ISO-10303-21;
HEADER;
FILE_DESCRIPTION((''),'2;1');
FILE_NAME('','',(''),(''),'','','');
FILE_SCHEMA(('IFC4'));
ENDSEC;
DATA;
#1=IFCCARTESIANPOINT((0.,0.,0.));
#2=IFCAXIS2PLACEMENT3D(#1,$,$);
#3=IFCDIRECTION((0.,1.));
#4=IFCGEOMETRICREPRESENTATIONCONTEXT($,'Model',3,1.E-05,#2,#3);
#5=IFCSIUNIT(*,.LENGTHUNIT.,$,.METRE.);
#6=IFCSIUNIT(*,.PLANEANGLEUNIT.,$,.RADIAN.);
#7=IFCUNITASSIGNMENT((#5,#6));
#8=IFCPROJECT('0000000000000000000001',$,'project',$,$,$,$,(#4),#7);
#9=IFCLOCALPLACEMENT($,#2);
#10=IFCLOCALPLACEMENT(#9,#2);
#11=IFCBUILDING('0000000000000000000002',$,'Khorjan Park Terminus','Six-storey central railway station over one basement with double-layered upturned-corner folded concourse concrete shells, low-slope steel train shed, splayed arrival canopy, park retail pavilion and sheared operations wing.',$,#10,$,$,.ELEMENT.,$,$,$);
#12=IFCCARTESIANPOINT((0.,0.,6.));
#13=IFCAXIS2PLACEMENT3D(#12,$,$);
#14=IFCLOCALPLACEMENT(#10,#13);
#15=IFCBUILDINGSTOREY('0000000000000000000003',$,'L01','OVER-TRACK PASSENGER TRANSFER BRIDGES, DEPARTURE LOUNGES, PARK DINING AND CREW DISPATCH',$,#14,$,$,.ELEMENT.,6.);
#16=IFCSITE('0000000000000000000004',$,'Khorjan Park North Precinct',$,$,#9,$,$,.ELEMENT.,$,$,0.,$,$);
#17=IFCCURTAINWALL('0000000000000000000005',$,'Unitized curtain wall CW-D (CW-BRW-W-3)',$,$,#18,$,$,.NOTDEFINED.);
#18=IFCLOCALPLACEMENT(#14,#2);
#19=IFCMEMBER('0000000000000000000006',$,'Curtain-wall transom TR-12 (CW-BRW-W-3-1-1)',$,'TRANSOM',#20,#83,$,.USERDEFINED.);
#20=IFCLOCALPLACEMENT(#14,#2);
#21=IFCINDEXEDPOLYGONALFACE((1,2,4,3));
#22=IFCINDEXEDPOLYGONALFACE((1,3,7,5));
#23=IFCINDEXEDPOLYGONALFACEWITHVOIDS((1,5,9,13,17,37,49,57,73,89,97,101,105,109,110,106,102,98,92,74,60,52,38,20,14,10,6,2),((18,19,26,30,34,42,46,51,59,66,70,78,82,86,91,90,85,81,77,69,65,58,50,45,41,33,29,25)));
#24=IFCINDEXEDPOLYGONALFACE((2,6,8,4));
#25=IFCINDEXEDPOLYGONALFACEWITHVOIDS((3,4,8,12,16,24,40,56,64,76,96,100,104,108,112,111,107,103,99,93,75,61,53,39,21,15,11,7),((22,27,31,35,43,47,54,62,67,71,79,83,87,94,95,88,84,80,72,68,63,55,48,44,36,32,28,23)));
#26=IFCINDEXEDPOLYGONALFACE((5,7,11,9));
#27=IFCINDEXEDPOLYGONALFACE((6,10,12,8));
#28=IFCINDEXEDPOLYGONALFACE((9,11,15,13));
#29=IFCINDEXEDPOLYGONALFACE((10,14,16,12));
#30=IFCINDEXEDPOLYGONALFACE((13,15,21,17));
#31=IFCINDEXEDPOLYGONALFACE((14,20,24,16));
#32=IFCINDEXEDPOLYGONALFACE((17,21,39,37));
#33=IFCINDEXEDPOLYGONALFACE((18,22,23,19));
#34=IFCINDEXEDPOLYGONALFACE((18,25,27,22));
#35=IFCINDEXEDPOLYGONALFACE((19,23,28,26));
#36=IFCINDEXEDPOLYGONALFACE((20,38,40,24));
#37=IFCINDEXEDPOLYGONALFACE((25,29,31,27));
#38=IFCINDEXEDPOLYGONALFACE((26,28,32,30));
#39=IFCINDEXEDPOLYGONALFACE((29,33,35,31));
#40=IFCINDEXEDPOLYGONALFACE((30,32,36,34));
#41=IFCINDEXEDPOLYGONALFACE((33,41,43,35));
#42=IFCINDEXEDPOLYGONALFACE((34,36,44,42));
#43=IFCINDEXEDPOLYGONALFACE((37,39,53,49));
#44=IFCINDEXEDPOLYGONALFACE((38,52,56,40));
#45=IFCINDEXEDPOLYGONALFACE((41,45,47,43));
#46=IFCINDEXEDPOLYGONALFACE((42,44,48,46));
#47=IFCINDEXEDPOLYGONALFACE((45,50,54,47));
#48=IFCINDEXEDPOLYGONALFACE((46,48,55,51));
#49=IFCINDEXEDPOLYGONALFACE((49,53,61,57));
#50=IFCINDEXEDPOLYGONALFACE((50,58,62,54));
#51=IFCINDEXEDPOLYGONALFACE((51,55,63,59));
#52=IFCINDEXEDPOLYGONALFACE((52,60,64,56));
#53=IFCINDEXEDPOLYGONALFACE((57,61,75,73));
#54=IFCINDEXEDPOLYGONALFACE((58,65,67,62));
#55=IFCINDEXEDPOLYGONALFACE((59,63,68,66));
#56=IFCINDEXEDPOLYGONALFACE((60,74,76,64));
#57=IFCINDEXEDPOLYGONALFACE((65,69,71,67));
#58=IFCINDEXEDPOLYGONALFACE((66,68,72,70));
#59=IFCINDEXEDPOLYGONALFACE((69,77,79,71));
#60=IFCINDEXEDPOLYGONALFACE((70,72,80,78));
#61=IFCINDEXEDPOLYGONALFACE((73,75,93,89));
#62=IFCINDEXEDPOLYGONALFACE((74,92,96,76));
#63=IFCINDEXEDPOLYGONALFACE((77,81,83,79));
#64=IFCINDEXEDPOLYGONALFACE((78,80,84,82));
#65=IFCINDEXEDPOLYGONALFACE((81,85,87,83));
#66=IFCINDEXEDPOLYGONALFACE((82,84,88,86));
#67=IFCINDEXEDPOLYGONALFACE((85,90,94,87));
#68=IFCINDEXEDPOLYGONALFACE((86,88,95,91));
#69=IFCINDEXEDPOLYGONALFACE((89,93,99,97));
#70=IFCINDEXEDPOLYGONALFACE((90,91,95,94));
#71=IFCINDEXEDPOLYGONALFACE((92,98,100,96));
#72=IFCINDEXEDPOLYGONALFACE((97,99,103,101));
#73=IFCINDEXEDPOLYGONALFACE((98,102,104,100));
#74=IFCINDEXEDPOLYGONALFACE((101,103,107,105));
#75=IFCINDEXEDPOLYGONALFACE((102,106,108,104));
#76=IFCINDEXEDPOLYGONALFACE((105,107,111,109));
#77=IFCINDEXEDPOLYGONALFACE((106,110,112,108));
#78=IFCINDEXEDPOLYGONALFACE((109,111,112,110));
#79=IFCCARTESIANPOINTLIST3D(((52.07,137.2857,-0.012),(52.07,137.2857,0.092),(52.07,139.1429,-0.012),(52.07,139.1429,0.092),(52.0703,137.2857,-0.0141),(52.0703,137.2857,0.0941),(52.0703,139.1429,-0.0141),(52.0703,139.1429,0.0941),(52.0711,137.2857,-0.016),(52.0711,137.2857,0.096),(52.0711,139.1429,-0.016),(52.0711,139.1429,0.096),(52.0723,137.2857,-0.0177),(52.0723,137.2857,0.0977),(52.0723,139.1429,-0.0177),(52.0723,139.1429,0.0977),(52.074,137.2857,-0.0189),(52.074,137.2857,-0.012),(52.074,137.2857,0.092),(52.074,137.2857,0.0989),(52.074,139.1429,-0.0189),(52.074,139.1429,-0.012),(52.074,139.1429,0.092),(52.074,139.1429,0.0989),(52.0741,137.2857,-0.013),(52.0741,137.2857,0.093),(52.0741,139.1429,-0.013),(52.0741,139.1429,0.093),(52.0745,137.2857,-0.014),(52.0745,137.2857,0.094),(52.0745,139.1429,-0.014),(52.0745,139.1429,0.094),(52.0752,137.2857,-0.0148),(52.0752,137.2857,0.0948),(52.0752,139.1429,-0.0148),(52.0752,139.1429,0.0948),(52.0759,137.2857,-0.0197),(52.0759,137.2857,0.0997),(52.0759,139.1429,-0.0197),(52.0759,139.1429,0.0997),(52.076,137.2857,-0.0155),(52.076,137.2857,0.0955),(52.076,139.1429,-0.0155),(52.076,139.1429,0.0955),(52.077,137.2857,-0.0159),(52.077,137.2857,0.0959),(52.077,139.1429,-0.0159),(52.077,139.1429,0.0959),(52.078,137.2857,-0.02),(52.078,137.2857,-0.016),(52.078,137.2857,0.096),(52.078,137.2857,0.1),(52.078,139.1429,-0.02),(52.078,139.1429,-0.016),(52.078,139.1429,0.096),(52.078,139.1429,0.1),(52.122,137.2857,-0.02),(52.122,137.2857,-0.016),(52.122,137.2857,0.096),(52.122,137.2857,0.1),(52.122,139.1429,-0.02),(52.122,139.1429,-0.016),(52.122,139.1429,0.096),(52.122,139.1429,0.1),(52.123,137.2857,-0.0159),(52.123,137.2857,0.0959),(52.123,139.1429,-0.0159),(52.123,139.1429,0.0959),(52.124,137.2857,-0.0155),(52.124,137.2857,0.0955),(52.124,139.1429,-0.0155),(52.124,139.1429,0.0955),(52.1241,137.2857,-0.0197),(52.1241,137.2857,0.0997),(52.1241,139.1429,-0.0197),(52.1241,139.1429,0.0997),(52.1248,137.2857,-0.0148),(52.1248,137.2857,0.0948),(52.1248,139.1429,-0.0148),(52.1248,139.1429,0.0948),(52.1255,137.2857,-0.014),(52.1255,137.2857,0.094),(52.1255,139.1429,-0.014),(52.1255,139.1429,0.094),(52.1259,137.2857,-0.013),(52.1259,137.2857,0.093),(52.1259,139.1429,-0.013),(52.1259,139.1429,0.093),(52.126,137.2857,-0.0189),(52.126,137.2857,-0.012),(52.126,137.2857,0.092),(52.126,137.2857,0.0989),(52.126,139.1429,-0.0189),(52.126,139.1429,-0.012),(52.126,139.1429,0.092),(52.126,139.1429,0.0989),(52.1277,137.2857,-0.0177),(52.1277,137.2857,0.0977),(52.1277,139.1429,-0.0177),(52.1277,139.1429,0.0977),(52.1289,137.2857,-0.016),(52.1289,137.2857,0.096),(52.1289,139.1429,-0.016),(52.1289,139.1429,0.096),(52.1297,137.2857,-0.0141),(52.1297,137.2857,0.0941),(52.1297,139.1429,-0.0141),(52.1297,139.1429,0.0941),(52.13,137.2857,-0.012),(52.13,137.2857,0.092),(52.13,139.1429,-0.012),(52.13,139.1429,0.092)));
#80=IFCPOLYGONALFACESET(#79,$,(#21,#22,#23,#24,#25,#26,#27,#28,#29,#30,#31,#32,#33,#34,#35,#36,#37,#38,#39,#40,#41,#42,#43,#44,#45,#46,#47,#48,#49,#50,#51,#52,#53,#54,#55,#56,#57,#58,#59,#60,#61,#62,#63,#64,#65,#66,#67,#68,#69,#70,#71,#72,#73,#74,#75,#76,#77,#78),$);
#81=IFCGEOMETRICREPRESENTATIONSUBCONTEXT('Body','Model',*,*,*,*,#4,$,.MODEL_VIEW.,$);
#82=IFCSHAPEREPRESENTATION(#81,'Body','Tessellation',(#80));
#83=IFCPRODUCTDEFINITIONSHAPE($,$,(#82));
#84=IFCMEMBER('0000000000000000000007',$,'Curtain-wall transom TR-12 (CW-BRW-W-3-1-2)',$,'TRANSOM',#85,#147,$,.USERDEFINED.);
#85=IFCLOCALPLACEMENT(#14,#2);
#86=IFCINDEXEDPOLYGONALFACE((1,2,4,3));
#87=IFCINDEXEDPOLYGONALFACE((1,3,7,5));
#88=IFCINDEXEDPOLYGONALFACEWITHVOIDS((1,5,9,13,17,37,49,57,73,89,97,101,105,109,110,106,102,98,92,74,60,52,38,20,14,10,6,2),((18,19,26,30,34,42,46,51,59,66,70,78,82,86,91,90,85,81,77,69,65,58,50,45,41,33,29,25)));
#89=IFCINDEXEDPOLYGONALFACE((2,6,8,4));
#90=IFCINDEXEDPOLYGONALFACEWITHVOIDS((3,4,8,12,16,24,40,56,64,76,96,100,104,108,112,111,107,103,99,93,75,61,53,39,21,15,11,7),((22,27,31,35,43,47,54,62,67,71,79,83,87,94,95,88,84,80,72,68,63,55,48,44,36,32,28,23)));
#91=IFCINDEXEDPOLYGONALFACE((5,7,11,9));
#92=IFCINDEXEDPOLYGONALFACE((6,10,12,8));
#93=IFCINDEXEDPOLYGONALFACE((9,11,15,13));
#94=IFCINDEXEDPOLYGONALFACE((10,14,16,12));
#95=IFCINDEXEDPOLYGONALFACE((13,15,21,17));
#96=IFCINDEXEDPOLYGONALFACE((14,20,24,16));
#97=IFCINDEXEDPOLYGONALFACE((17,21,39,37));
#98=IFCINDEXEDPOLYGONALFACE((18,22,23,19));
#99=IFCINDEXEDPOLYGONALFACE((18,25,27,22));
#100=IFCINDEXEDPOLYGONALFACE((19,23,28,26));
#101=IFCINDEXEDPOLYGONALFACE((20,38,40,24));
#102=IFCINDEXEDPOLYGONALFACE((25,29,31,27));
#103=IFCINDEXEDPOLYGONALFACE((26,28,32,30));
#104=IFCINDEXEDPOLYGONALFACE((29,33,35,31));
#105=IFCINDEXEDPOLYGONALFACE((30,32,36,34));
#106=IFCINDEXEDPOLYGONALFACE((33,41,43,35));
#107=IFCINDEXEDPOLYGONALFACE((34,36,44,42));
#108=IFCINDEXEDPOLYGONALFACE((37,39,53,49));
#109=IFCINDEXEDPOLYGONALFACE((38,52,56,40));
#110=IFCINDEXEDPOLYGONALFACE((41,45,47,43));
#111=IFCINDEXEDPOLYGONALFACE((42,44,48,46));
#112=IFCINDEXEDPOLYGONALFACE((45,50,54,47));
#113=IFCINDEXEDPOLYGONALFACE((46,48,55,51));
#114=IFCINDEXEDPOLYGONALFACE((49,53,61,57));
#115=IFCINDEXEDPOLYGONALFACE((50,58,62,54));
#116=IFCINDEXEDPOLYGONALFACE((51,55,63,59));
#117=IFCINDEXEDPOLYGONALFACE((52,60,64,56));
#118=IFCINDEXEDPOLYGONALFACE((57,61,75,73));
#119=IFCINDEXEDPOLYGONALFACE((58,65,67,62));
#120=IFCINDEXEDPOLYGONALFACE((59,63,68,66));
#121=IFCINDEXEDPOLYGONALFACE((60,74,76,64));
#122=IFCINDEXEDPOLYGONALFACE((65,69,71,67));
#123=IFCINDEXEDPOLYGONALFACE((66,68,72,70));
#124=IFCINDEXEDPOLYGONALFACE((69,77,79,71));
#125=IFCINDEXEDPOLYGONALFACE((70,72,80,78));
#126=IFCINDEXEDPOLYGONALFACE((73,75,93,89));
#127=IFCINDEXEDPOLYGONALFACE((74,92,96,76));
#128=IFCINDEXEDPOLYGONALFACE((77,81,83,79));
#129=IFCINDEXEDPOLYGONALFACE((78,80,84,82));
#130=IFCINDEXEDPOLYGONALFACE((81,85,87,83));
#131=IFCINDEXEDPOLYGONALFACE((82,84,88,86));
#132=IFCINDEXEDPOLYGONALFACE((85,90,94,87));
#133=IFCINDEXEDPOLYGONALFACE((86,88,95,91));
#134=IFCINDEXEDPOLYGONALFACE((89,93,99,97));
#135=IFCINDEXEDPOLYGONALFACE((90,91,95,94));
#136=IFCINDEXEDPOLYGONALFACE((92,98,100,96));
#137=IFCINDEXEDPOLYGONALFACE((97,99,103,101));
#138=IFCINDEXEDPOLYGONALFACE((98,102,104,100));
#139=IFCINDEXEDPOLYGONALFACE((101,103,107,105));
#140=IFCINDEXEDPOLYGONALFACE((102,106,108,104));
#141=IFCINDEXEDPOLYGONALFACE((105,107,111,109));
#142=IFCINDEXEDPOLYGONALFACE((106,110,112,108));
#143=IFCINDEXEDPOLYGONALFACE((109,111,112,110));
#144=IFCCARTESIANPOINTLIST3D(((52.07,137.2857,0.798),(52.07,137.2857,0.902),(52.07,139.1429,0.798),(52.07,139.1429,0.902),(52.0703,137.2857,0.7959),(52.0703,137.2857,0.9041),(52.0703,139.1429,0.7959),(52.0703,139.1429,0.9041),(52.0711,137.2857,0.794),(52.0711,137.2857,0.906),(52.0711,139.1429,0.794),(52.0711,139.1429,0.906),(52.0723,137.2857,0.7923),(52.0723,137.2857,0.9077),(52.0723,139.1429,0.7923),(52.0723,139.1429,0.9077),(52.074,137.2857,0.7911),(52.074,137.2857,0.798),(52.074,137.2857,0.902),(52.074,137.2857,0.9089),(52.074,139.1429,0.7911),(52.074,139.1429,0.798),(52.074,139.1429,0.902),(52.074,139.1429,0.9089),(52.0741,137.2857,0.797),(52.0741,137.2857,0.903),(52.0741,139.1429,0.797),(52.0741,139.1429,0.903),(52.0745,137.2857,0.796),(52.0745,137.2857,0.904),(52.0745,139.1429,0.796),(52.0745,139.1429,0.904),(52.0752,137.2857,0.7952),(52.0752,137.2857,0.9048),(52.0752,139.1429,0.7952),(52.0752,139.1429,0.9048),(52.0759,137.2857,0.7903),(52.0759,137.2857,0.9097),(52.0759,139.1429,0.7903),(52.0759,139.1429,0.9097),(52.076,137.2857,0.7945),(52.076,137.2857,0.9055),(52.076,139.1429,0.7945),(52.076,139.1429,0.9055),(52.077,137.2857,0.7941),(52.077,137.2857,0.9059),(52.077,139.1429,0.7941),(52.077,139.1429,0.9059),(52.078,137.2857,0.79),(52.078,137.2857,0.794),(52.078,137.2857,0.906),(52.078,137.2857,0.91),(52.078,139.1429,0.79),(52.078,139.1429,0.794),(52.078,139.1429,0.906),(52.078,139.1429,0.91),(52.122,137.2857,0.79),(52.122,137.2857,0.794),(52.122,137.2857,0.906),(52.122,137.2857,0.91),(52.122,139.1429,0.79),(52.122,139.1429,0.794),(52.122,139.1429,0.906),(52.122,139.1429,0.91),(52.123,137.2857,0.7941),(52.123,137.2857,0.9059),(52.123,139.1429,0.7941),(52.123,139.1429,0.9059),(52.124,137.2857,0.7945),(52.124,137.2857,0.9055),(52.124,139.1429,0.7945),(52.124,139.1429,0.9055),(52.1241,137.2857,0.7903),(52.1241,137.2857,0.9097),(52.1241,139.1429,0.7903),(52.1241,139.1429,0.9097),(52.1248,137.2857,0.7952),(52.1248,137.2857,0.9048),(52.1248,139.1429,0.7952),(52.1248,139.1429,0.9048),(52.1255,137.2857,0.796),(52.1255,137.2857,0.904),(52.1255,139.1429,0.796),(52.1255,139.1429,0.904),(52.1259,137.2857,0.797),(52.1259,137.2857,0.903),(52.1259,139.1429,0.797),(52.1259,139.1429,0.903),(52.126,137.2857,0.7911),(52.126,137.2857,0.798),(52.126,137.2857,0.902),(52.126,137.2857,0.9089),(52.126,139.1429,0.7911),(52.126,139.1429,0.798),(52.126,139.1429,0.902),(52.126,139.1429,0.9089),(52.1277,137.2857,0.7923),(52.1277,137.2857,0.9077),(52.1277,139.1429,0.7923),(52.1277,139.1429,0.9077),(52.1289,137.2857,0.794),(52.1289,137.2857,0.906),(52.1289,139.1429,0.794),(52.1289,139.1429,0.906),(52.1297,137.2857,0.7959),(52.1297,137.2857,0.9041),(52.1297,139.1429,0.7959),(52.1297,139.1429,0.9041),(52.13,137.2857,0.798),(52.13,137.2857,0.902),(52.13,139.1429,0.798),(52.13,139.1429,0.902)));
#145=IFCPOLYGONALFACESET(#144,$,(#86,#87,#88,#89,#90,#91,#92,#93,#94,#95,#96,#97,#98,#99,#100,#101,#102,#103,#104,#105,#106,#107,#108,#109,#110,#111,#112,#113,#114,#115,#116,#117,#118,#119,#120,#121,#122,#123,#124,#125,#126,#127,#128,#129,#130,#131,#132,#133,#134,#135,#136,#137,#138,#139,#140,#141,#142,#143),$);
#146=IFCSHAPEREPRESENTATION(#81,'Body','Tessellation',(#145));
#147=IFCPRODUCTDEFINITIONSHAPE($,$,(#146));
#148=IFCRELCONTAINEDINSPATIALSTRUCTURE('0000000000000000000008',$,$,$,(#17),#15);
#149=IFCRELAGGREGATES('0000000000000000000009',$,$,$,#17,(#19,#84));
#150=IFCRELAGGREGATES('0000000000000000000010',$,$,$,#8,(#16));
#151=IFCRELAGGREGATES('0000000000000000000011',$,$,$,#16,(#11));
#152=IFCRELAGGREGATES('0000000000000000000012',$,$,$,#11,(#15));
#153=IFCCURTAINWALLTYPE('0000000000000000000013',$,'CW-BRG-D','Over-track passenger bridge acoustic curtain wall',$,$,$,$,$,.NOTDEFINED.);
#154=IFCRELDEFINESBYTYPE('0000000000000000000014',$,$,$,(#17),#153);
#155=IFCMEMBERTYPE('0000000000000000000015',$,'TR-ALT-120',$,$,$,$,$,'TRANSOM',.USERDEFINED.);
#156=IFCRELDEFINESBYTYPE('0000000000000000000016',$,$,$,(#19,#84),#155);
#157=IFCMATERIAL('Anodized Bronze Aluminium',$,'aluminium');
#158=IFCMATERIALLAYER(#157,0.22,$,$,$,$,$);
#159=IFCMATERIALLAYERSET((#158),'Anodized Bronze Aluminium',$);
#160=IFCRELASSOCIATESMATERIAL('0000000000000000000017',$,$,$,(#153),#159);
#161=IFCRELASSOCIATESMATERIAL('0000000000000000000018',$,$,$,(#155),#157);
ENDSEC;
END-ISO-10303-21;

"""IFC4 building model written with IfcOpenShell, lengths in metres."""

from ifc_helpers import new_model, si_unit, direction, frame, origin, origin_2d, place, context, subcontext, project, spatial, hollow_rectangle, extrude, material, layer, layer_set, material_profile, profile_set, type_object, element, aggregate, save


model = new_model("IFC4")

# Units and contexts
model_context = context("Model", 3, precision=1e-05, world=origin(), true_north=direction((0.0, 1.0)))
body_context = subcontext(model_context, "Body", "Model", "MODEL_VIEW")
ifc_project = project(units=[si_unit("LENGTHUNIT", "METRE"), si_unit("PLANEANGLEUNIT", "RADIAN")], contexts=[model_context])

# Site, building, storey
site_placement = place(None, origin())
site = spatial("IfcSite", under=ifc_project, at=site_placement, Name="Khorjan Park North Precinct", CompositionType="ELEMENT", RefElevation=0.0)
building_placement = place(site_placement, origin())
building = spatial("IfcBuilding", under=site, at=building_placement, Name="Khorjan Park Terminus", Description="Six-storey central railway station over one basement with double-layered upturned-corner folded concourse concrete shells, low-slope steel train shed, splayed arrival canopy, park retail pavilion and sheared operations wing.", CompositionType="ELEMENT")
storey_placement = place(building_placement, frame((0.0, 0.0, 6.0)))
storey = spatial("IfcBuildingStorey", under=building, at=storey_placement, Name="L01", Description="OVER-TRACK PASSENGER TRANSFER BRIDGES, DEPARTURE LOUNGES, PARK DINING AND CREW DISPATCH", CompositionType="ELEMENT", Elevation=6.0)

# Curtain wall, members
ifc_material_1 = material(Name="Anodized Bronze Aluminium", Category="aluminium")
ifc_layer_1 = layer(ifc_material_1, 0.22)
ifc_layer_set_1 = layer_set([ifc_layer_1], Name="Anodized Bronze Aluminium")
curtain_wall_type = type_object("IfcCurtainWallType", Name="CW-BRG-D", Description="Over-track passenger bridge acoustic curtain wall", PredefinedType="NOTDEFINED", material=ifc_layer_set_1)
curtain_wall_placement = place(storey_placement, origin())
curtain_wall = element("IfcCurtainWall", 1, at=curtain_wall_placement, inside=storey, type_object=curtain_wall_type, Name="Unitized curtain wall CW-D (CW-BRW-W-3)", PredefinedType="NOTDEFINED")
ifc_material_profile_1 = material_profile(ifc_material_1, hollow_rectangle(XDim=0.06, YDim=0.12, WallThickness=0.004, InnerFilletRadius=0.004, OuterFilletRadius=0.008, at=origin_2d()), Name="ALT 60x120x4")
ifc_profile_set_1 = profile_set([ifc_material_profile_1], Name="Anodized Bronze Aluminium")
member_type_1 = type_object("IfcMemberType", Name="TR-ALT-120", ElementType="TRANSOM", PredefinedType="USERDEFINED", material=ifc_profile_set_1)
member_1_placement = place(storey_placement, frame((52.1, 139.1429, 0.04), z_axis=(0.0, -1.0, 0.0), x_axis=(1.0, 0.0, 0.0)))
member_1 = element("IfcMember", 2, at=member_1_placement, type_object=member_type_1, Name="Curtain-wall transom TR-12 (CW-BRW-W-3-1-1)", ObjectType="TRANSOM", PredefinedType="USERDEFINED", context=body_context, shape_type="SweptSolid", body=[
    extrude(hollow_rectangle(XDim=0.06, YDim=0.12, WallThickness=0.004, InnerFilletRadius=0.004, OuterFilletRadius=0.008, at=origin_2d()), origin(), (0.0, 0.0, 1.0), 1.8572),
])
member_2_placement = place(storey_placement, frame((52.1, 139.1429, 0.85), z_axis=(0.0, -1.0, 0.0), x_axis=(1.0, 0.0, 0.0)))
member_2 = element("IfcMember", 3, at=member_2_placement, type_object=member_type_1, Name="Curtain-wall transom TR-12 (CW-BRW-W-3-1-2)", ObjectType="TRANSOM", PredefinedType="USERDEFINED", context=body_context, shape_type="SweptSolid", body=[
    extrude(hollow_rectangle(XDim=0.06, YDim=0.12, WallThickness=0.004, InnerFilletRadius=0.004, OuterFilletRadius=0.008, at=origin_2d()), origin(), (0.0, 0.0, 1.0), 1.8572),
])
aggregate(curtain_wall, [member_1, member_2])

save(model, "model.ifc")
